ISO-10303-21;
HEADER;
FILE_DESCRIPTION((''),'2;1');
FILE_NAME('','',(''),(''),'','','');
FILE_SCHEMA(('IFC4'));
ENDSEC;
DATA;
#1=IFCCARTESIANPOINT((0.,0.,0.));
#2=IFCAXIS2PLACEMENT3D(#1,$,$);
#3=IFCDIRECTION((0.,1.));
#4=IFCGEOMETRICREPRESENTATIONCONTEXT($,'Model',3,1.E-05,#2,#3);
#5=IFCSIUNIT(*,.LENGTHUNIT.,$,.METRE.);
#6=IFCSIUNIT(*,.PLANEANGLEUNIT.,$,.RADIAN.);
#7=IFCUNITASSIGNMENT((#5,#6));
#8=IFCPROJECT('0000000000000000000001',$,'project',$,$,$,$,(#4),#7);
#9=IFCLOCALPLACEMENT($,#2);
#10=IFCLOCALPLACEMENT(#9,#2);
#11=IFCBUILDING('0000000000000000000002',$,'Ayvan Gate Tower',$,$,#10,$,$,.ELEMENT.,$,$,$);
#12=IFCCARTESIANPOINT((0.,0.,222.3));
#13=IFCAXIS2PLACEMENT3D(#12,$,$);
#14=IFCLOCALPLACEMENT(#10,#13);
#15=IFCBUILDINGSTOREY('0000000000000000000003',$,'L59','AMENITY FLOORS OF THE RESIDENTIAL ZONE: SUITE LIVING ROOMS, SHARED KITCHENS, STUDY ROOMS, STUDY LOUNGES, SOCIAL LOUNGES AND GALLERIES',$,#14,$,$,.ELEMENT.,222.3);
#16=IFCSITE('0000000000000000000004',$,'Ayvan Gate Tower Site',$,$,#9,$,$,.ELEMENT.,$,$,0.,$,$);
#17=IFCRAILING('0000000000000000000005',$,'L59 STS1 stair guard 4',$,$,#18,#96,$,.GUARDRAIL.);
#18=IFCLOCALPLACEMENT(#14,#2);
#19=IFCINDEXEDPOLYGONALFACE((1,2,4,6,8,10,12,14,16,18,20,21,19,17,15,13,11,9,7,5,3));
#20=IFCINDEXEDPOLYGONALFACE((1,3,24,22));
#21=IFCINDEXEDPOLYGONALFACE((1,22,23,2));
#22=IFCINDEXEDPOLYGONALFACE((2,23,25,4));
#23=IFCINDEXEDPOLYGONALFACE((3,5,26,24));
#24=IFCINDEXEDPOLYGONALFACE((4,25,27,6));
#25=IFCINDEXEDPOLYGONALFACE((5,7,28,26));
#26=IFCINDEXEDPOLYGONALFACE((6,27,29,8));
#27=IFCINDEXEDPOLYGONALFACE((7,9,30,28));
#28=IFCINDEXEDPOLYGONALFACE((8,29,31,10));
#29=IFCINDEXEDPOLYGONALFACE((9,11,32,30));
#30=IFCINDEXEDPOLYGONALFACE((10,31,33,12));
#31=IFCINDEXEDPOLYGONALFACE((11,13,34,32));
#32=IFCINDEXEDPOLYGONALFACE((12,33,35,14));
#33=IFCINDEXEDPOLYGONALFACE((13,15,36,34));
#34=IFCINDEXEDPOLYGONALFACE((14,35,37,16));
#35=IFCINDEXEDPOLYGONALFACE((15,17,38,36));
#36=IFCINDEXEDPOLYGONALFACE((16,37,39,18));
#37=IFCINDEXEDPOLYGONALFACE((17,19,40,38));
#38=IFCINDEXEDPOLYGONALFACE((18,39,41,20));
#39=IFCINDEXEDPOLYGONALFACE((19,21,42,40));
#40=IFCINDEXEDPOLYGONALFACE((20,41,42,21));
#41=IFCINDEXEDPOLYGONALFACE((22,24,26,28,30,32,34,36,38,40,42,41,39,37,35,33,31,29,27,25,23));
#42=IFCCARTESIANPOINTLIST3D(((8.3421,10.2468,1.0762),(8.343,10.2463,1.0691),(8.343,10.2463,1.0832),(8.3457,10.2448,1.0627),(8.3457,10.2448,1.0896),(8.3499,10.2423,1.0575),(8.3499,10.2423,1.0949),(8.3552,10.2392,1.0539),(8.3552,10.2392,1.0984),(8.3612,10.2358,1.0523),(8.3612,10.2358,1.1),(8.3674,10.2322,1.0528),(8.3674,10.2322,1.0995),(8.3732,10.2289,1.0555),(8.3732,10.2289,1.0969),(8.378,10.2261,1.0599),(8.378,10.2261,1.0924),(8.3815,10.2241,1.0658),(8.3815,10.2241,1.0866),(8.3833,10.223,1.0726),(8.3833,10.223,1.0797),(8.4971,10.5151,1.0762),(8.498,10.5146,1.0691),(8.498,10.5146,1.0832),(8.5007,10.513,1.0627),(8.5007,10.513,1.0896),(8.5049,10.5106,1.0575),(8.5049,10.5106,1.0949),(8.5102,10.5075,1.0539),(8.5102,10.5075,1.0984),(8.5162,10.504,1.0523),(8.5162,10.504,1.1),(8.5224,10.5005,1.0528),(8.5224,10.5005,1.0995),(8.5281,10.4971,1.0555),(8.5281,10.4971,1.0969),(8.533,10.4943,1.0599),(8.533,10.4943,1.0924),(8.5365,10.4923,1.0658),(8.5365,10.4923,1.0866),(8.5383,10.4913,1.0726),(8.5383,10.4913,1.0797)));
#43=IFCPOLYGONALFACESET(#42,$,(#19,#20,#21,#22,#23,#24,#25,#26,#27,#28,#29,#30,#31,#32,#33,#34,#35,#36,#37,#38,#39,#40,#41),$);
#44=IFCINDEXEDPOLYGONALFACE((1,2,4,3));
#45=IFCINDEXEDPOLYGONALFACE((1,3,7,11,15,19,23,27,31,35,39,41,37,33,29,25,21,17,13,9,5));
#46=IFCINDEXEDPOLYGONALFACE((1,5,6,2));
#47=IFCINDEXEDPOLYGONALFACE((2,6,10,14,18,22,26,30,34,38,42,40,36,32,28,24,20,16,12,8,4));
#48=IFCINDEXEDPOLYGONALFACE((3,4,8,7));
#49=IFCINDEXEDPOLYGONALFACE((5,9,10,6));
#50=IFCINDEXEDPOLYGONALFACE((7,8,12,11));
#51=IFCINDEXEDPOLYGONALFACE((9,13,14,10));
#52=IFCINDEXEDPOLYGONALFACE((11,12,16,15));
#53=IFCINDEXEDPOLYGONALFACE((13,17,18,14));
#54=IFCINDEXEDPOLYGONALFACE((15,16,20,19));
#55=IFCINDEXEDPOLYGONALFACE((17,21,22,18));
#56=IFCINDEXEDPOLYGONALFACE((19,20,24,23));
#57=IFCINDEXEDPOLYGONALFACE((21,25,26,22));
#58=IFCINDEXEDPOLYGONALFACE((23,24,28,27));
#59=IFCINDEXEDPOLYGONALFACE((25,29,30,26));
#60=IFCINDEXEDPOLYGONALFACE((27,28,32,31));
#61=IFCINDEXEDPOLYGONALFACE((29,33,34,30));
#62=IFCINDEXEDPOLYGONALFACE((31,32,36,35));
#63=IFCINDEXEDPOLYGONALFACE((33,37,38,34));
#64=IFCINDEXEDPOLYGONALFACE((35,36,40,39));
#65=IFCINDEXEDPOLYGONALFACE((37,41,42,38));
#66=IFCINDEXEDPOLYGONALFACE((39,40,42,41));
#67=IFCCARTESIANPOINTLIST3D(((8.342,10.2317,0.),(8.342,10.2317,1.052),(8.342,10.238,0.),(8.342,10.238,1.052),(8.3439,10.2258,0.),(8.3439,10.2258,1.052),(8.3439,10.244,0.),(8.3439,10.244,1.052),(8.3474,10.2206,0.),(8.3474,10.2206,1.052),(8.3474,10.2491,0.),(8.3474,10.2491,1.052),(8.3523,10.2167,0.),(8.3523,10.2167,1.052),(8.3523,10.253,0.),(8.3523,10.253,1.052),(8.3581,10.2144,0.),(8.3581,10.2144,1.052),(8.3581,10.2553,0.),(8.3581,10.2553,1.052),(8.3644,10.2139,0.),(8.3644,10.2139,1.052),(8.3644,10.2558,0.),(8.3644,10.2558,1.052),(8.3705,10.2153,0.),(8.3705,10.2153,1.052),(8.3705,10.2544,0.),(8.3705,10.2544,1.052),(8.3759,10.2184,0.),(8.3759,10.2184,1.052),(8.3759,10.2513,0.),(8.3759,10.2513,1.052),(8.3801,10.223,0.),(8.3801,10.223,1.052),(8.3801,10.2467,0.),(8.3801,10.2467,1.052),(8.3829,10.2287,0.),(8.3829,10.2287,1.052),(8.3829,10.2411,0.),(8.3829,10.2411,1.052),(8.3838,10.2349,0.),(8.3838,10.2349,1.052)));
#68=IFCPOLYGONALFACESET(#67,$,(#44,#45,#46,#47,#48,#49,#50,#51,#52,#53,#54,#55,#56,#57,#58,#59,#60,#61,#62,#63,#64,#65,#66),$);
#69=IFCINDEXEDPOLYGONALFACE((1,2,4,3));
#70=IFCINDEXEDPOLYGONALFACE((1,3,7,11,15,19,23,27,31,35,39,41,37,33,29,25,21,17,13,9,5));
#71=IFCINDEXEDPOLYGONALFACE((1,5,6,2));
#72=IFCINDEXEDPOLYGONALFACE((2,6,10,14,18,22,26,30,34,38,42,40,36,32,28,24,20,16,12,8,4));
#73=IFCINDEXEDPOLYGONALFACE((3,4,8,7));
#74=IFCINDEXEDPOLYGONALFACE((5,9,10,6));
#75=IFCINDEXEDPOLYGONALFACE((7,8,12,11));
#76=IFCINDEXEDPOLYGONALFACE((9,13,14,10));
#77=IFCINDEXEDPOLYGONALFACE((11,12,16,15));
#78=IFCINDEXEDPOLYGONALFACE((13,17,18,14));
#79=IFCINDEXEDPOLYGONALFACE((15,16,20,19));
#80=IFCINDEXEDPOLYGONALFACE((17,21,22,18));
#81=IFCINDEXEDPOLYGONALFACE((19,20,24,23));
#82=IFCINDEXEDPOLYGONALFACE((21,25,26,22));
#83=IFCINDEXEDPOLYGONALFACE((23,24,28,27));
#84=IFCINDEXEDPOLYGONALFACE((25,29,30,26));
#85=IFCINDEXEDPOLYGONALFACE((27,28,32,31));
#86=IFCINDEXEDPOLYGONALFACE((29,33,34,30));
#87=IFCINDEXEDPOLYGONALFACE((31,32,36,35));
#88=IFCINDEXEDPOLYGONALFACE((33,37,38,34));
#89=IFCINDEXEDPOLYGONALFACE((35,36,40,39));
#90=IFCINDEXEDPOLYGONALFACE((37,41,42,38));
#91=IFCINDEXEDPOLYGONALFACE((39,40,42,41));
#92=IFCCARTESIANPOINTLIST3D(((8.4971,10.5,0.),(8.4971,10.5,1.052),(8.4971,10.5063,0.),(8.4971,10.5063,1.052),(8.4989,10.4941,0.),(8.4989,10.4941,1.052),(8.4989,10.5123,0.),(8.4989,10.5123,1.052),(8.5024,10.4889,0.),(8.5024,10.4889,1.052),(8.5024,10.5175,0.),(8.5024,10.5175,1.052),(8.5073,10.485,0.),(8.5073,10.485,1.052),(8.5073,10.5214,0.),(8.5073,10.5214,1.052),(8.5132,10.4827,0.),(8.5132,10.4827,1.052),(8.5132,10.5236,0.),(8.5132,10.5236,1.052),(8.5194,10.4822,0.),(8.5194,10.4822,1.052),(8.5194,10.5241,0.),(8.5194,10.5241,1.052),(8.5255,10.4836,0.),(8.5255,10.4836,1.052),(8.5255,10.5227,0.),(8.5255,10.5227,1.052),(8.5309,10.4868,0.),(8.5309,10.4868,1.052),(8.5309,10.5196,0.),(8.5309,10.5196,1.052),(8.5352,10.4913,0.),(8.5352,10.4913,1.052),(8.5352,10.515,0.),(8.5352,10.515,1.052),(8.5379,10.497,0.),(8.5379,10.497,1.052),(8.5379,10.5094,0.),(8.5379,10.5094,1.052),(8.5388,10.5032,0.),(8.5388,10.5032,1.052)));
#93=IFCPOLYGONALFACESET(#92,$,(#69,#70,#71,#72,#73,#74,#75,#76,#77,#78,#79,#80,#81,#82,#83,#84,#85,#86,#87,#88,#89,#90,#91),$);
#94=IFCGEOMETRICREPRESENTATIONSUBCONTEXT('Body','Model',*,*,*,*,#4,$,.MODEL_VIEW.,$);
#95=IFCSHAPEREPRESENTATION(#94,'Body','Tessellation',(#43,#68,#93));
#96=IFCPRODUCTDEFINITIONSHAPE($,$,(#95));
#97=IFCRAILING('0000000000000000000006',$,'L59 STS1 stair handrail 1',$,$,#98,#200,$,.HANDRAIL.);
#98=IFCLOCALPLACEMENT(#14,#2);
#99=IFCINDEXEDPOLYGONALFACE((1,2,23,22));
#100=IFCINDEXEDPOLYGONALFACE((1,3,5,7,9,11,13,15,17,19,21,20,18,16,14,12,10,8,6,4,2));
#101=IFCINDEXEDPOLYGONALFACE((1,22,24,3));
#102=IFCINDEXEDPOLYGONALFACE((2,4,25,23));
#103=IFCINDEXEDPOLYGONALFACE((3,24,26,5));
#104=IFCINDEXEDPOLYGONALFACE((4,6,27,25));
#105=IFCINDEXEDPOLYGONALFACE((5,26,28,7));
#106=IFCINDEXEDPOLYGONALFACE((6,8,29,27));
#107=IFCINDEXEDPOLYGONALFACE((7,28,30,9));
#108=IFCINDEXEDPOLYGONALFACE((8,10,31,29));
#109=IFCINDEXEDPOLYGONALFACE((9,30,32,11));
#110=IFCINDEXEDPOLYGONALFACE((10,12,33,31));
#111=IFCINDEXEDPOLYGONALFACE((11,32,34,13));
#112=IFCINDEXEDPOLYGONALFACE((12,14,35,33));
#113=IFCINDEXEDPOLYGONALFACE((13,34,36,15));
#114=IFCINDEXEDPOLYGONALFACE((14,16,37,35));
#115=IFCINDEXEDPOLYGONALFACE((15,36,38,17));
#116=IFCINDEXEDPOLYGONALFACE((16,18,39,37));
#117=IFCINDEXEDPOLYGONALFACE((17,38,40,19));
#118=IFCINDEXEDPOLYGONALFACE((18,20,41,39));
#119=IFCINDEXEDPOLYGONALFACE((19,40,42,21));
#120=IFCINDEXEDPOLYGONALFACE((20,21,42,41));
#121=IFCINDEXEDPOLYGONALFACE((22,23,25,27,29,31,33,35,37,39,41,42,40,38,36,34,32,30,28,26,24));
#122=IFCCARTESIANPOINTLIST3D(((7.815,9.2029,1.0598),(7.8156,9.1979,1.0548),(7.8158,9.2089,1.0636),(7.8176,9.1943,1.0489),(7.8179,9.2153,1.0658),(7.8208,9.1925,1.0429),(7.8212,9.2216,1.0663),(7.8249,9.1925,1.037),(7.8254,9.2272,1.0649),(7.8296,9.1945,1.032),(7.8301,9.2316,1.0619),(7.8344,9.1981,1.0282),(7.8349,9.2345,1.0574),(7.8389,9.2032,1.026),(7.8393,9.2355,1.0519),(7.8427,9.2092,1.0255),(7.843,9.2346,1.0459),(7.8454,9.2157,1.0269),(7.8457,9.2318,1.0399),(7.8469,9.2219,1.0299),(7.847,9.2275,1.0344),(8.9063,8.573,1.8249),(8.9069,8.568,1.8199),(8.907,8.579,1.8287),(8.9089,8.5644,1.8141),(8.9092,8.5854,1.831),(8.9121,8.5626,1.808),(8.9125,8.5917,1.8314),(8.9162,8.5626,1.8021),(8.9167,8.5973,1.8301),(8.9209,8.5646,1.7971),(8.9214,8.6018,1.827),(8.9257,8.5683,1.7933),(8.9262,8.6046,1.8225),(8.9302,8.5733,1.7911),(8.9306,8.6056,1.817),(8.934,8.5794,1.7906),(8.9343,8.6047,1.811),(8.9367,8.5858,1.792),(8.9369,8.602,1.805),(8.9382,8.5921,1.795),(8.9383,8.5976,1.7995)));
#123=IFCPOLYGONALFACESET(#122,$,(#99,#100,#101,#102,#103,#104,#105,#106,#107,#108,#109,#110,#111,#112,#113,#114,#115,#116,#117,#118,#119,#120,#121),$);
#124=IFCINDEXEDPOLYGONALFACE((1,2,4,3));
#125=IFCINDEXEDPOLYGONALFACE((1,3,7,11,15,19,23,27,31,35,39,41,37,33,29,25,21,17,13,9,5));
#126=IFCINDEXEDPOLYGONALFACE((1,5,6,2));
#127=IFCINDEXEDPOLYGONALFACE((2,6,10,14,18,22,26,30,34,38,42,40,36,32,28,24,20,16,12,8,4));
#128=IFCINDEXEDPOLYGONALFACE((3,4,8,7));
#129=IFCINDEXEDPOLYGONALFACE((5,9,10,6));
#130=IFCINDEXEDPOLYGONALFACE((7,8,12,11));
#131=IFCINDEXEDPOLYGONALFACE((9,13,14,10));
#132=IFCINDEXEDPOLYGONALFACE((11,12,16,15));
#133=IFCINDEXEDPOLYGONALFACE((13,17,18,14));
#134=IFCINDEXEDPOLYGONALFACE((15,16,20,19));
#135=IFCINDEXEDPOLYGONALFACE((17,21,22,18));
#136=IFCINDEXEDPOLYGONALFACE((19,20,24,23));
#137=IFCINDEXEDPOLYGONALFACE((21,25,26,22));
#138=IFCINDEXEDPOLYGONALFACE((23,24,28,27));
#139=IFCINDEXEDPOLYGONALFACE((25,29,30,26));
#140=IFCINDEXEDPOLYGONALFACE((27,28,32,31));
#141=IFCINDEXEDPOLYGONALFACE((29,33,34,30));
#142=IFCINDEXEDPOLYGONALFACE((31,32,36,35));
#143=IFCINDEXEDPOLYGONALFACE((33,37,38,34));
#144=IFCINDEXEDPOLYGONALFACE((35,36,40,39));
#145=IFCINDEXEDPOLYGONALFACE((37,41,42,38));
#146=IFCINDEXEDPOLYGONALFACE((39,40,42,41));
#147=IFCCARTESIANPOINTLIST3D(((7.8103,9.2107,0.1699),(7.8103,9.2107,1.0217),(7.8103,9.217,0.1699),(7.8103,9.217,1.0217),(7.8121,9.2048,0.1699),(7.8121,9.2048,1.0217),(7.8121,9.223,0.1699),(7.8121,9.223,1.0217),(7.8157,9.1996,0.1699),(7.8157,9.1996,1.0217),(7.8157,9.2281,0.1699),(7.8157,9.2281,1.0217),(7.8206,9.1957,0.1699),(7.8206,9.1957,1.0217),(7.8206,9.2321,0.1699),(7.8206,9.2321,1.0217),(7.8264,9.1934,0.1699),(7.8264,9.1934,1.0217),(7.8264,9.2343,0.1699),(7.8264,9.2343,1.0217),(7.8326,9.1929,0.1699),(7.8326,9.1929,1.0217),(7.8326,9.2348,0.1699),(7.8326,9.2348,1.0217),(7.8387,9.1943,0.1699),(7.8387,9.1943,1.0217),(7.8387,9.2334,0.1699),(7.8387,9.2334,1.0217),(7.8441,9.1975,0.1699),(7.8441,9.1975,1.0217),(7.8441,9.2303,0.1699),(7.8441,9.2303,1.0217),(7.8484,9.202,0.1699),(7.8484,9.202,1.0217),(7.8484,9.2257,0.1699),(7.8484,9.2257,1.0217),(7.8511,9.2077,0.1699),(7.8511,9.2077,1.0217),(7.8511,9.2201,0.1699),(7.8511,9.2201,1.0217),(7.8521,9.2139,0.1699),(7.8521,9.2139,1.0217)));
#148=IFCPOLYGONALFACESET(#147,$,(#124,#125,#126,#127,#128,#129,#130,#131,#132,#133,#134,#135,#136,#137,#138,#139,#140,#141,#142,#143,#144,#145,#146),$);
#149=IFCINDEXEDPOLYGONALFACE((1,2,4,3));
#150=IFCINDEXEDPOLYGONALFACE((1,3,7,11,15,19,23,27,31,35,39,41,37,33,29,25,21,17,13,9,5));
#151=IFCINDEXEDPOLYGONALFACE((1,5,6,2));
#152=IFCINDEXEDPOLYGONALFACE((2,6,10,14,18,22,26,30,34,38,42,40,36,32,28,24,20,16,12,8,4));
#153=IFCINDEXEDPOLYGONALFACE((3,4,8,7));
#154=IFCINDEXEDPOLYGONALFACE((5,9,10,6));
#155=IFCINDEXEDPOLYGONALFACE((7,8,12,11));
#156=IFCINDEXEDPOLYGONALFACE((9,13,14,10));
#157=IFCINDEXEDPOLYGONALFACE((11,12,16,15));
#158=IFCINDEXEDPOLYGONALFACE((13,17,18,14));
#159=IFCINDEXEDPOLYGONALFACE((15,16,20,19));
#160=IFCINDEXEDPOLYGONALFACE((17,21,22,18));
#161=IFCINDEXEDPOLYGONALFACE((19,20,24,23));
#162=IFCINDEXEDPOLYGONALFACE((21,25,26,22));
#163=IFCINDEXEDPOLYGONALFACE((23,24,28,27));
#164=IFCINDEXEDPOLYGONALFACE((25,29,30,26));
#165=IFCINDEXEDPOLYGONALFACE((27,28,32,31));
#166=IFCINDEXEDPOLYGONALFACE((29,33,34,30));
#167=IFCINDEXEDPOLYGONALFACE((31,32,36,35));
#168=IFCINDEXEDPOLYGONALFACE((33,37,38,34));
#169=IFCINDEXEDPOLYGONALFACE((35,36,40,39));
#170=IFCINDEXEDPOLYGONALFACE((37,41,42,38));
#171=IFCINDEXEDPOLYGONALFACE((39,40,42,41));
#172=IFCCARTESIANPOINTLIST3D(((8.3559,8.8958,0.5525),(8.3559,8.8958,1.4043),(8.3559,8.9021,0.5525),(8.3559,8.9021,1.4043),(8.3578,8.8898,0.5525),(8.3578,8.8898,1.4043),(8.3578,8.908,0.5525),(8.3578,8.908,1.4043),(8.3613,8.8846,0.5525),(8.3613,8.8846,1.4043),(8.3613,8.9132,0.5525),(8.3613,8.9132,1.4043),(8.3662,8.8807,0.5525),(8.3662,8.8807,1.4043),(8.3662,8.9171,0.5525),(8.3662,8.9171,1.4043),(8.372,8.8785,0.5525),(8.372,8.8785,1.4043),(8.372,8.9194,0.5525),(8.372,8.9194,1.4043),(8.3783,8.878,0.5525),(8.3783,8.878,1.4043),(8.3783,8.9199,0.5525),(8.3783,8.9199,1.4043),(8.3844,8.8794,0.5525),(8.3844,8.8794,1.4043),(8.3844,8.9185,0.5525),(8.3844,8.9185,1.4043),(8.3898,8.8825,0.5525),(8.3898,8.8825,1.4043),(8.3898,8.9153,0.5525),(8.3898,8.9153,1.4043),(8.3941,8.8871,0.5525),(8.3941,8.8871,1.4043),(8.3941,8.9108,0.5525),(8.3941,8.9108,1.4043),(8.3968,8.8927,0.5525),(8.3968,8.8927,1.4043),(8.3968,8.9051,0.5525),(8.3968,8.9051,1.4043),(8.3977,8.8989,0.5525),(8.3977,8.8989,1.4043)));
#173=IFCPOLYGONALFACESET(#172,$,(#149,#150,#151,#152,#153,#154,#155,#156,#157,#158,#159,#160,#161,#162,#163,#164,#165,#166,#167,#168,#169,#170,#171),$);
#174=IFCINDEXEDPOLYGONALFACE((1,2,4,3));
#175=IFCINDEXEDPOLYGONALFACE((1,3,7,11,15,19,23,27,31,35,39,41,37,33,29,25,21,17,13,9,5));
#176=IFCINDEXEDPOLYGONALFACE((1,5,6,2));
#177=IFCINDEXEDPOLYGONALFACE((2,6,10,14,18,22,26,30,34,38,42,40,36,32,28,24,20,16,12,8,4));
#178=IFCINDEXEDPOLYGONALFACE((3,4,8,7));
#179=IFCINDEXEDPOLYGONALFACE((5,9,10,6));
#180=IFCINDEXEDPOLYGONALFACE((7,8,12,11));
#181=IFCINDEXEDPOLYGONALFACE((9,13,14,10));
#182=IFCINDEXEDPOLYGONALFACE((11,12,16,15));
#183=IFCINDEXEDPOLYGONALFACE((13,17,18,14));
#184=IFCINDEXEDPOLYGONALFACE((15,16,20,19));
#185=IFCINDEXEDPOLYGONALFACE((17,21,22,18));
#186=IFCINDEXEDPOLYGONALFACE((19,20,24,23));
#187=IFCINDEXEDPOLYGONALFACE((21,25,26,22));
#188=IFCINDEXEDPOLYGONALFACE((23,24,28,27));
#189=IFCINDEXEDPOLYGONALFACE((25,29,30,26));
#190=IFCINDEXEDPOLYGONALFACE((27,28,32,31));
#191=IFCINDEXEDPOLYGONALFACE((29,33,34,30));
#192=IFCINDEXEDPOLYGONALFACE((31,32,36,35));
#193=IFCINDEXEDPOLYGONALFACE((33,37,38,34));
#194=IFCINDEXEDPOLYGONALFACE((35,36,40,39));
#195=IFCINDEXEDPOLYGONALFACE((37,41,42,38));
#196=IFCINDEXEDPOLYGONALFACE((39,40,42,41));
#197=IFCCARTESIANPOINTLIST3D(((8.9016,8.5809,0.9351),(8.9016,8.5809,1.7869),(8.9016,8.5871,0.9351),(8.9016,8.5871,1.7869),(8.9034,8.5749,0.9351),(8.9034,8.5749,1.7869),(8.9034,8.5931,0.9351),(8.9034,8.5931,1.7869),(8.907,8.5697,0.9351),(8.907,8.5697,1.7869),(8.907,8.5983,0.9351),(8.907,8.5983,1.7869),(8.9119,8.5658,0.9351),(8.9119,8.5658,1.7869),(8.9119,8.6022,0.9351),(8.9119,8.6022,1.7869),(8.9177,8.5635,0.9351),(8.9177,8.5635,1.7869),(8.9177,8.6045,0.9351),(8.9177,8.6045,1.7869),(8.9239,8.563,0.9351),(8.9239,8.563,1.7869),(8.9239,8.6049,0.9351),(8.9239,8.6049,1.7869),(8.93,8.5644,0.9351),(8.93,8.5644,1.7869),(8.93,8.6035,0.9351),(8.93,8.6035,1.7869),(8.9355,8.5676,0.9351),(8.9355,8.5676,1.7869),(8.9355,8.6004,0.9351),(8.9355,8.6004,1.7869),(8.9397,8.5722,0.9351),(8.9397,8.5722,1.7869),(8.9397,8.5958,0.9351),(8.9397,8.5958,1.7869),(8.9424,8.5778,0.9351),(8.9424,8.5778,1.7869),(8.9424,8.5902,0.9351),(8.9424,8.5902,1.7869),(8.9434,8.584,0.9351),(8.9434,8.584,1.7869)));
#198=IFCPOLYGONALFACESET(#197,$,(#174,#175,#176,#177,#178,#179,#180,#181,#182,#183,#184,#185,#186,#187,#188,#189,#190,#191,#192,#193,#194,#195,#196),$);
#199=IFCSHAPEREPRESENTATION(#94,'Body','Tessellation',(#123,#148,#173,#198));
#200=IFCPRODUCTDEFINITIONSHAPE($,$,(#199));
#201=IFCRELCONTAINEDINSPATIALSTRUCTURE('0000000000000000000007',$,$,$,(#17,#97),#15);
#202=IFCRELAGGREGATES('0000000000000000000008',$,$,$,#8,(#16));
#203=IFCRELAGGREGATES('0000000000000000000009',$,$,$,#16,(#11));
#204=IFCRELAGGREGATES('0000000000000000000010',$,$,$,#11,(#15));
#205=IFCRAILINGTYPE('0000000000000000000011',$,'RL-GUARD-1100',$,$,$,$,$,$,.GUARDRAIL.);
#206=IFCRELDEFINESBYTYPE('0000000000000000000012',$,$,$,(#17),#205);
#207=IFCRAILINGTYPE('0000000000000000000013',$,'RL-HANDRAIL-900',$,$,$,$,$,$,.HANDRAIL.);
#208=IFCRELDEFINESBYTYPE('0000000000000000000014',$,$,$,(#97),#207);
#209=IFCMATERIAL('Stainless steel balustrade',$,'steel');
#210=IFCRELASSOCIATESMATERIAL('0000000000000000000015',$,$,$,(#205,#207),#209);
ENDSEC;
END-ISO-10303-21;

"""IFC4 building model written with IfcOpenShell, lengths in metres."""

from ifc_helpers import new_model, si_unit, direction, frame, origin, origin_2d, place, context, subcontext, project, spatial, circle, extrude, material, type_object, element, save


model = new_model("IFC4")

# Units and contexts
model_context = context("Model", 3, precision=1e-05, world=origin(), true_north=direction((0.0, 1.0)))
body_context = subcontext(model_context, "Body", "Model", "MODEL_VIEW")
ifc_project = project(units=[si_unit("LENGTHUNIT", "METRE"), si_unit("PLANEANGLEUNIT", "RADIAN")], contexts=[model_context])

# Site, building, storey
site_placement = place(None, origin())
site = spatial("IfcSite", under=ifc_project, at=site_placement, Name="Ayvan Gate Tower Site", CompositionType="ELEMENT", RefElevation=0.0)
building_placement = place(site_placement, origin())
building = spatial("IfcBuilding", under=site, at=building_placement, Name="Ayvan Gate Tower", CompositionType="ELEMENT")
storey_placement = place(building_placement, frame((0.0, 0.0, 222.3)))
storey = spatial("IfcBuildingStorey", under=building, at=storey_placement, Name="L59", Description="AMENITY FLOORS OF THE RESIDENTIAL ZONE: SUITE LIVING ROOMS, SHARED KITCHENS, STUDY ROOMS, STUDY LOUNGES, SOCIAL LOUNGES AND GALLERIES", CompositionType="ELEMENT", Elevation=222.3)

# Railings
ifc_material_1 = material(Name="Stainless steel balustrade", Category="steel")
railing_type_1 = type_object("IfcRailingType", Name="RL-GUARD-1100", PredefinedType="GUARDRAIL", material=ifc_material_1)
railing_1_placement = place(storey_placement, frame((8.3628, 10.2349, 0.0)))
element("IfcRailing", 1, at=railing_1_placement, inside=storey, type_object=railing_type_1, Name="L59 STS1 stair guard 4", PredefinedType="GUARDRAIL", context=body_context, shape_type="SweptSolid", body=[
    extrude(circle(Radius=0.0239, at=origin_2d()), frame((0.0, 0.0, 1.0762), z_axis=(0.500291, 0.865857, 0.0), x_axis=(-0.865857, 0.500291, 0.0)), (0.0, 0.0, 1.0), 0.3098),
    extrude(circle(Radius=0.021, at=origin_2d()), origin(), (0.0, 0.0, 1.0), 1.052),
    extrude(circle(Radius=0.021, at=origin_2d()), frame((0.155, 0.2683, 0.0)), (0.0, 0.0, 1.0), 1.052),
])
railing_type_2 = type_object("IfcRailingType", Name="RL-HANDRAIL-900", PredefinedType="HANDRAIL", material=ifc_material_1)
railing_2_placement = place(storey_placement, frame((7.8311, 9.2139, 0.1699)))
element("IfcRailing", 2, at=railing_2_placement, inside=storey, type_object=railing_type_2, Name="L59 STS1 stair handrail 1", PredefinedType="HANDRAIL", context=body_context, shape_type="SweptSolid", body=[
    extrude(circle(Radius=0.0239, at=origin_2d()), frame((0.0, 0.0, 0.876), z_axis=(0.740293, -0.427283, 0.519033), x_axis=(0.49989, 0.866089, 0.0)), (0.0, 0.0, 1.0), 1.4741),
    extrude(circle(Radius=0.021, at=origin_2d()), origin(), (0.0, 0.0, 1.0), 0.8518),
    extrude(circle(Radius=0.021, at=origin_2d()), frame((0.5457, -0.3149, 0.3826)), (0.0, 0.0, 1.0), 0.8518),
    extrude(circle(Radius=0.021, at=origin_2d()), frame((1.0913, -0.6299, 0.7651)), (0.0, 0.0, 1.0), 0.8518),
])

save(model, "model.ifc")
